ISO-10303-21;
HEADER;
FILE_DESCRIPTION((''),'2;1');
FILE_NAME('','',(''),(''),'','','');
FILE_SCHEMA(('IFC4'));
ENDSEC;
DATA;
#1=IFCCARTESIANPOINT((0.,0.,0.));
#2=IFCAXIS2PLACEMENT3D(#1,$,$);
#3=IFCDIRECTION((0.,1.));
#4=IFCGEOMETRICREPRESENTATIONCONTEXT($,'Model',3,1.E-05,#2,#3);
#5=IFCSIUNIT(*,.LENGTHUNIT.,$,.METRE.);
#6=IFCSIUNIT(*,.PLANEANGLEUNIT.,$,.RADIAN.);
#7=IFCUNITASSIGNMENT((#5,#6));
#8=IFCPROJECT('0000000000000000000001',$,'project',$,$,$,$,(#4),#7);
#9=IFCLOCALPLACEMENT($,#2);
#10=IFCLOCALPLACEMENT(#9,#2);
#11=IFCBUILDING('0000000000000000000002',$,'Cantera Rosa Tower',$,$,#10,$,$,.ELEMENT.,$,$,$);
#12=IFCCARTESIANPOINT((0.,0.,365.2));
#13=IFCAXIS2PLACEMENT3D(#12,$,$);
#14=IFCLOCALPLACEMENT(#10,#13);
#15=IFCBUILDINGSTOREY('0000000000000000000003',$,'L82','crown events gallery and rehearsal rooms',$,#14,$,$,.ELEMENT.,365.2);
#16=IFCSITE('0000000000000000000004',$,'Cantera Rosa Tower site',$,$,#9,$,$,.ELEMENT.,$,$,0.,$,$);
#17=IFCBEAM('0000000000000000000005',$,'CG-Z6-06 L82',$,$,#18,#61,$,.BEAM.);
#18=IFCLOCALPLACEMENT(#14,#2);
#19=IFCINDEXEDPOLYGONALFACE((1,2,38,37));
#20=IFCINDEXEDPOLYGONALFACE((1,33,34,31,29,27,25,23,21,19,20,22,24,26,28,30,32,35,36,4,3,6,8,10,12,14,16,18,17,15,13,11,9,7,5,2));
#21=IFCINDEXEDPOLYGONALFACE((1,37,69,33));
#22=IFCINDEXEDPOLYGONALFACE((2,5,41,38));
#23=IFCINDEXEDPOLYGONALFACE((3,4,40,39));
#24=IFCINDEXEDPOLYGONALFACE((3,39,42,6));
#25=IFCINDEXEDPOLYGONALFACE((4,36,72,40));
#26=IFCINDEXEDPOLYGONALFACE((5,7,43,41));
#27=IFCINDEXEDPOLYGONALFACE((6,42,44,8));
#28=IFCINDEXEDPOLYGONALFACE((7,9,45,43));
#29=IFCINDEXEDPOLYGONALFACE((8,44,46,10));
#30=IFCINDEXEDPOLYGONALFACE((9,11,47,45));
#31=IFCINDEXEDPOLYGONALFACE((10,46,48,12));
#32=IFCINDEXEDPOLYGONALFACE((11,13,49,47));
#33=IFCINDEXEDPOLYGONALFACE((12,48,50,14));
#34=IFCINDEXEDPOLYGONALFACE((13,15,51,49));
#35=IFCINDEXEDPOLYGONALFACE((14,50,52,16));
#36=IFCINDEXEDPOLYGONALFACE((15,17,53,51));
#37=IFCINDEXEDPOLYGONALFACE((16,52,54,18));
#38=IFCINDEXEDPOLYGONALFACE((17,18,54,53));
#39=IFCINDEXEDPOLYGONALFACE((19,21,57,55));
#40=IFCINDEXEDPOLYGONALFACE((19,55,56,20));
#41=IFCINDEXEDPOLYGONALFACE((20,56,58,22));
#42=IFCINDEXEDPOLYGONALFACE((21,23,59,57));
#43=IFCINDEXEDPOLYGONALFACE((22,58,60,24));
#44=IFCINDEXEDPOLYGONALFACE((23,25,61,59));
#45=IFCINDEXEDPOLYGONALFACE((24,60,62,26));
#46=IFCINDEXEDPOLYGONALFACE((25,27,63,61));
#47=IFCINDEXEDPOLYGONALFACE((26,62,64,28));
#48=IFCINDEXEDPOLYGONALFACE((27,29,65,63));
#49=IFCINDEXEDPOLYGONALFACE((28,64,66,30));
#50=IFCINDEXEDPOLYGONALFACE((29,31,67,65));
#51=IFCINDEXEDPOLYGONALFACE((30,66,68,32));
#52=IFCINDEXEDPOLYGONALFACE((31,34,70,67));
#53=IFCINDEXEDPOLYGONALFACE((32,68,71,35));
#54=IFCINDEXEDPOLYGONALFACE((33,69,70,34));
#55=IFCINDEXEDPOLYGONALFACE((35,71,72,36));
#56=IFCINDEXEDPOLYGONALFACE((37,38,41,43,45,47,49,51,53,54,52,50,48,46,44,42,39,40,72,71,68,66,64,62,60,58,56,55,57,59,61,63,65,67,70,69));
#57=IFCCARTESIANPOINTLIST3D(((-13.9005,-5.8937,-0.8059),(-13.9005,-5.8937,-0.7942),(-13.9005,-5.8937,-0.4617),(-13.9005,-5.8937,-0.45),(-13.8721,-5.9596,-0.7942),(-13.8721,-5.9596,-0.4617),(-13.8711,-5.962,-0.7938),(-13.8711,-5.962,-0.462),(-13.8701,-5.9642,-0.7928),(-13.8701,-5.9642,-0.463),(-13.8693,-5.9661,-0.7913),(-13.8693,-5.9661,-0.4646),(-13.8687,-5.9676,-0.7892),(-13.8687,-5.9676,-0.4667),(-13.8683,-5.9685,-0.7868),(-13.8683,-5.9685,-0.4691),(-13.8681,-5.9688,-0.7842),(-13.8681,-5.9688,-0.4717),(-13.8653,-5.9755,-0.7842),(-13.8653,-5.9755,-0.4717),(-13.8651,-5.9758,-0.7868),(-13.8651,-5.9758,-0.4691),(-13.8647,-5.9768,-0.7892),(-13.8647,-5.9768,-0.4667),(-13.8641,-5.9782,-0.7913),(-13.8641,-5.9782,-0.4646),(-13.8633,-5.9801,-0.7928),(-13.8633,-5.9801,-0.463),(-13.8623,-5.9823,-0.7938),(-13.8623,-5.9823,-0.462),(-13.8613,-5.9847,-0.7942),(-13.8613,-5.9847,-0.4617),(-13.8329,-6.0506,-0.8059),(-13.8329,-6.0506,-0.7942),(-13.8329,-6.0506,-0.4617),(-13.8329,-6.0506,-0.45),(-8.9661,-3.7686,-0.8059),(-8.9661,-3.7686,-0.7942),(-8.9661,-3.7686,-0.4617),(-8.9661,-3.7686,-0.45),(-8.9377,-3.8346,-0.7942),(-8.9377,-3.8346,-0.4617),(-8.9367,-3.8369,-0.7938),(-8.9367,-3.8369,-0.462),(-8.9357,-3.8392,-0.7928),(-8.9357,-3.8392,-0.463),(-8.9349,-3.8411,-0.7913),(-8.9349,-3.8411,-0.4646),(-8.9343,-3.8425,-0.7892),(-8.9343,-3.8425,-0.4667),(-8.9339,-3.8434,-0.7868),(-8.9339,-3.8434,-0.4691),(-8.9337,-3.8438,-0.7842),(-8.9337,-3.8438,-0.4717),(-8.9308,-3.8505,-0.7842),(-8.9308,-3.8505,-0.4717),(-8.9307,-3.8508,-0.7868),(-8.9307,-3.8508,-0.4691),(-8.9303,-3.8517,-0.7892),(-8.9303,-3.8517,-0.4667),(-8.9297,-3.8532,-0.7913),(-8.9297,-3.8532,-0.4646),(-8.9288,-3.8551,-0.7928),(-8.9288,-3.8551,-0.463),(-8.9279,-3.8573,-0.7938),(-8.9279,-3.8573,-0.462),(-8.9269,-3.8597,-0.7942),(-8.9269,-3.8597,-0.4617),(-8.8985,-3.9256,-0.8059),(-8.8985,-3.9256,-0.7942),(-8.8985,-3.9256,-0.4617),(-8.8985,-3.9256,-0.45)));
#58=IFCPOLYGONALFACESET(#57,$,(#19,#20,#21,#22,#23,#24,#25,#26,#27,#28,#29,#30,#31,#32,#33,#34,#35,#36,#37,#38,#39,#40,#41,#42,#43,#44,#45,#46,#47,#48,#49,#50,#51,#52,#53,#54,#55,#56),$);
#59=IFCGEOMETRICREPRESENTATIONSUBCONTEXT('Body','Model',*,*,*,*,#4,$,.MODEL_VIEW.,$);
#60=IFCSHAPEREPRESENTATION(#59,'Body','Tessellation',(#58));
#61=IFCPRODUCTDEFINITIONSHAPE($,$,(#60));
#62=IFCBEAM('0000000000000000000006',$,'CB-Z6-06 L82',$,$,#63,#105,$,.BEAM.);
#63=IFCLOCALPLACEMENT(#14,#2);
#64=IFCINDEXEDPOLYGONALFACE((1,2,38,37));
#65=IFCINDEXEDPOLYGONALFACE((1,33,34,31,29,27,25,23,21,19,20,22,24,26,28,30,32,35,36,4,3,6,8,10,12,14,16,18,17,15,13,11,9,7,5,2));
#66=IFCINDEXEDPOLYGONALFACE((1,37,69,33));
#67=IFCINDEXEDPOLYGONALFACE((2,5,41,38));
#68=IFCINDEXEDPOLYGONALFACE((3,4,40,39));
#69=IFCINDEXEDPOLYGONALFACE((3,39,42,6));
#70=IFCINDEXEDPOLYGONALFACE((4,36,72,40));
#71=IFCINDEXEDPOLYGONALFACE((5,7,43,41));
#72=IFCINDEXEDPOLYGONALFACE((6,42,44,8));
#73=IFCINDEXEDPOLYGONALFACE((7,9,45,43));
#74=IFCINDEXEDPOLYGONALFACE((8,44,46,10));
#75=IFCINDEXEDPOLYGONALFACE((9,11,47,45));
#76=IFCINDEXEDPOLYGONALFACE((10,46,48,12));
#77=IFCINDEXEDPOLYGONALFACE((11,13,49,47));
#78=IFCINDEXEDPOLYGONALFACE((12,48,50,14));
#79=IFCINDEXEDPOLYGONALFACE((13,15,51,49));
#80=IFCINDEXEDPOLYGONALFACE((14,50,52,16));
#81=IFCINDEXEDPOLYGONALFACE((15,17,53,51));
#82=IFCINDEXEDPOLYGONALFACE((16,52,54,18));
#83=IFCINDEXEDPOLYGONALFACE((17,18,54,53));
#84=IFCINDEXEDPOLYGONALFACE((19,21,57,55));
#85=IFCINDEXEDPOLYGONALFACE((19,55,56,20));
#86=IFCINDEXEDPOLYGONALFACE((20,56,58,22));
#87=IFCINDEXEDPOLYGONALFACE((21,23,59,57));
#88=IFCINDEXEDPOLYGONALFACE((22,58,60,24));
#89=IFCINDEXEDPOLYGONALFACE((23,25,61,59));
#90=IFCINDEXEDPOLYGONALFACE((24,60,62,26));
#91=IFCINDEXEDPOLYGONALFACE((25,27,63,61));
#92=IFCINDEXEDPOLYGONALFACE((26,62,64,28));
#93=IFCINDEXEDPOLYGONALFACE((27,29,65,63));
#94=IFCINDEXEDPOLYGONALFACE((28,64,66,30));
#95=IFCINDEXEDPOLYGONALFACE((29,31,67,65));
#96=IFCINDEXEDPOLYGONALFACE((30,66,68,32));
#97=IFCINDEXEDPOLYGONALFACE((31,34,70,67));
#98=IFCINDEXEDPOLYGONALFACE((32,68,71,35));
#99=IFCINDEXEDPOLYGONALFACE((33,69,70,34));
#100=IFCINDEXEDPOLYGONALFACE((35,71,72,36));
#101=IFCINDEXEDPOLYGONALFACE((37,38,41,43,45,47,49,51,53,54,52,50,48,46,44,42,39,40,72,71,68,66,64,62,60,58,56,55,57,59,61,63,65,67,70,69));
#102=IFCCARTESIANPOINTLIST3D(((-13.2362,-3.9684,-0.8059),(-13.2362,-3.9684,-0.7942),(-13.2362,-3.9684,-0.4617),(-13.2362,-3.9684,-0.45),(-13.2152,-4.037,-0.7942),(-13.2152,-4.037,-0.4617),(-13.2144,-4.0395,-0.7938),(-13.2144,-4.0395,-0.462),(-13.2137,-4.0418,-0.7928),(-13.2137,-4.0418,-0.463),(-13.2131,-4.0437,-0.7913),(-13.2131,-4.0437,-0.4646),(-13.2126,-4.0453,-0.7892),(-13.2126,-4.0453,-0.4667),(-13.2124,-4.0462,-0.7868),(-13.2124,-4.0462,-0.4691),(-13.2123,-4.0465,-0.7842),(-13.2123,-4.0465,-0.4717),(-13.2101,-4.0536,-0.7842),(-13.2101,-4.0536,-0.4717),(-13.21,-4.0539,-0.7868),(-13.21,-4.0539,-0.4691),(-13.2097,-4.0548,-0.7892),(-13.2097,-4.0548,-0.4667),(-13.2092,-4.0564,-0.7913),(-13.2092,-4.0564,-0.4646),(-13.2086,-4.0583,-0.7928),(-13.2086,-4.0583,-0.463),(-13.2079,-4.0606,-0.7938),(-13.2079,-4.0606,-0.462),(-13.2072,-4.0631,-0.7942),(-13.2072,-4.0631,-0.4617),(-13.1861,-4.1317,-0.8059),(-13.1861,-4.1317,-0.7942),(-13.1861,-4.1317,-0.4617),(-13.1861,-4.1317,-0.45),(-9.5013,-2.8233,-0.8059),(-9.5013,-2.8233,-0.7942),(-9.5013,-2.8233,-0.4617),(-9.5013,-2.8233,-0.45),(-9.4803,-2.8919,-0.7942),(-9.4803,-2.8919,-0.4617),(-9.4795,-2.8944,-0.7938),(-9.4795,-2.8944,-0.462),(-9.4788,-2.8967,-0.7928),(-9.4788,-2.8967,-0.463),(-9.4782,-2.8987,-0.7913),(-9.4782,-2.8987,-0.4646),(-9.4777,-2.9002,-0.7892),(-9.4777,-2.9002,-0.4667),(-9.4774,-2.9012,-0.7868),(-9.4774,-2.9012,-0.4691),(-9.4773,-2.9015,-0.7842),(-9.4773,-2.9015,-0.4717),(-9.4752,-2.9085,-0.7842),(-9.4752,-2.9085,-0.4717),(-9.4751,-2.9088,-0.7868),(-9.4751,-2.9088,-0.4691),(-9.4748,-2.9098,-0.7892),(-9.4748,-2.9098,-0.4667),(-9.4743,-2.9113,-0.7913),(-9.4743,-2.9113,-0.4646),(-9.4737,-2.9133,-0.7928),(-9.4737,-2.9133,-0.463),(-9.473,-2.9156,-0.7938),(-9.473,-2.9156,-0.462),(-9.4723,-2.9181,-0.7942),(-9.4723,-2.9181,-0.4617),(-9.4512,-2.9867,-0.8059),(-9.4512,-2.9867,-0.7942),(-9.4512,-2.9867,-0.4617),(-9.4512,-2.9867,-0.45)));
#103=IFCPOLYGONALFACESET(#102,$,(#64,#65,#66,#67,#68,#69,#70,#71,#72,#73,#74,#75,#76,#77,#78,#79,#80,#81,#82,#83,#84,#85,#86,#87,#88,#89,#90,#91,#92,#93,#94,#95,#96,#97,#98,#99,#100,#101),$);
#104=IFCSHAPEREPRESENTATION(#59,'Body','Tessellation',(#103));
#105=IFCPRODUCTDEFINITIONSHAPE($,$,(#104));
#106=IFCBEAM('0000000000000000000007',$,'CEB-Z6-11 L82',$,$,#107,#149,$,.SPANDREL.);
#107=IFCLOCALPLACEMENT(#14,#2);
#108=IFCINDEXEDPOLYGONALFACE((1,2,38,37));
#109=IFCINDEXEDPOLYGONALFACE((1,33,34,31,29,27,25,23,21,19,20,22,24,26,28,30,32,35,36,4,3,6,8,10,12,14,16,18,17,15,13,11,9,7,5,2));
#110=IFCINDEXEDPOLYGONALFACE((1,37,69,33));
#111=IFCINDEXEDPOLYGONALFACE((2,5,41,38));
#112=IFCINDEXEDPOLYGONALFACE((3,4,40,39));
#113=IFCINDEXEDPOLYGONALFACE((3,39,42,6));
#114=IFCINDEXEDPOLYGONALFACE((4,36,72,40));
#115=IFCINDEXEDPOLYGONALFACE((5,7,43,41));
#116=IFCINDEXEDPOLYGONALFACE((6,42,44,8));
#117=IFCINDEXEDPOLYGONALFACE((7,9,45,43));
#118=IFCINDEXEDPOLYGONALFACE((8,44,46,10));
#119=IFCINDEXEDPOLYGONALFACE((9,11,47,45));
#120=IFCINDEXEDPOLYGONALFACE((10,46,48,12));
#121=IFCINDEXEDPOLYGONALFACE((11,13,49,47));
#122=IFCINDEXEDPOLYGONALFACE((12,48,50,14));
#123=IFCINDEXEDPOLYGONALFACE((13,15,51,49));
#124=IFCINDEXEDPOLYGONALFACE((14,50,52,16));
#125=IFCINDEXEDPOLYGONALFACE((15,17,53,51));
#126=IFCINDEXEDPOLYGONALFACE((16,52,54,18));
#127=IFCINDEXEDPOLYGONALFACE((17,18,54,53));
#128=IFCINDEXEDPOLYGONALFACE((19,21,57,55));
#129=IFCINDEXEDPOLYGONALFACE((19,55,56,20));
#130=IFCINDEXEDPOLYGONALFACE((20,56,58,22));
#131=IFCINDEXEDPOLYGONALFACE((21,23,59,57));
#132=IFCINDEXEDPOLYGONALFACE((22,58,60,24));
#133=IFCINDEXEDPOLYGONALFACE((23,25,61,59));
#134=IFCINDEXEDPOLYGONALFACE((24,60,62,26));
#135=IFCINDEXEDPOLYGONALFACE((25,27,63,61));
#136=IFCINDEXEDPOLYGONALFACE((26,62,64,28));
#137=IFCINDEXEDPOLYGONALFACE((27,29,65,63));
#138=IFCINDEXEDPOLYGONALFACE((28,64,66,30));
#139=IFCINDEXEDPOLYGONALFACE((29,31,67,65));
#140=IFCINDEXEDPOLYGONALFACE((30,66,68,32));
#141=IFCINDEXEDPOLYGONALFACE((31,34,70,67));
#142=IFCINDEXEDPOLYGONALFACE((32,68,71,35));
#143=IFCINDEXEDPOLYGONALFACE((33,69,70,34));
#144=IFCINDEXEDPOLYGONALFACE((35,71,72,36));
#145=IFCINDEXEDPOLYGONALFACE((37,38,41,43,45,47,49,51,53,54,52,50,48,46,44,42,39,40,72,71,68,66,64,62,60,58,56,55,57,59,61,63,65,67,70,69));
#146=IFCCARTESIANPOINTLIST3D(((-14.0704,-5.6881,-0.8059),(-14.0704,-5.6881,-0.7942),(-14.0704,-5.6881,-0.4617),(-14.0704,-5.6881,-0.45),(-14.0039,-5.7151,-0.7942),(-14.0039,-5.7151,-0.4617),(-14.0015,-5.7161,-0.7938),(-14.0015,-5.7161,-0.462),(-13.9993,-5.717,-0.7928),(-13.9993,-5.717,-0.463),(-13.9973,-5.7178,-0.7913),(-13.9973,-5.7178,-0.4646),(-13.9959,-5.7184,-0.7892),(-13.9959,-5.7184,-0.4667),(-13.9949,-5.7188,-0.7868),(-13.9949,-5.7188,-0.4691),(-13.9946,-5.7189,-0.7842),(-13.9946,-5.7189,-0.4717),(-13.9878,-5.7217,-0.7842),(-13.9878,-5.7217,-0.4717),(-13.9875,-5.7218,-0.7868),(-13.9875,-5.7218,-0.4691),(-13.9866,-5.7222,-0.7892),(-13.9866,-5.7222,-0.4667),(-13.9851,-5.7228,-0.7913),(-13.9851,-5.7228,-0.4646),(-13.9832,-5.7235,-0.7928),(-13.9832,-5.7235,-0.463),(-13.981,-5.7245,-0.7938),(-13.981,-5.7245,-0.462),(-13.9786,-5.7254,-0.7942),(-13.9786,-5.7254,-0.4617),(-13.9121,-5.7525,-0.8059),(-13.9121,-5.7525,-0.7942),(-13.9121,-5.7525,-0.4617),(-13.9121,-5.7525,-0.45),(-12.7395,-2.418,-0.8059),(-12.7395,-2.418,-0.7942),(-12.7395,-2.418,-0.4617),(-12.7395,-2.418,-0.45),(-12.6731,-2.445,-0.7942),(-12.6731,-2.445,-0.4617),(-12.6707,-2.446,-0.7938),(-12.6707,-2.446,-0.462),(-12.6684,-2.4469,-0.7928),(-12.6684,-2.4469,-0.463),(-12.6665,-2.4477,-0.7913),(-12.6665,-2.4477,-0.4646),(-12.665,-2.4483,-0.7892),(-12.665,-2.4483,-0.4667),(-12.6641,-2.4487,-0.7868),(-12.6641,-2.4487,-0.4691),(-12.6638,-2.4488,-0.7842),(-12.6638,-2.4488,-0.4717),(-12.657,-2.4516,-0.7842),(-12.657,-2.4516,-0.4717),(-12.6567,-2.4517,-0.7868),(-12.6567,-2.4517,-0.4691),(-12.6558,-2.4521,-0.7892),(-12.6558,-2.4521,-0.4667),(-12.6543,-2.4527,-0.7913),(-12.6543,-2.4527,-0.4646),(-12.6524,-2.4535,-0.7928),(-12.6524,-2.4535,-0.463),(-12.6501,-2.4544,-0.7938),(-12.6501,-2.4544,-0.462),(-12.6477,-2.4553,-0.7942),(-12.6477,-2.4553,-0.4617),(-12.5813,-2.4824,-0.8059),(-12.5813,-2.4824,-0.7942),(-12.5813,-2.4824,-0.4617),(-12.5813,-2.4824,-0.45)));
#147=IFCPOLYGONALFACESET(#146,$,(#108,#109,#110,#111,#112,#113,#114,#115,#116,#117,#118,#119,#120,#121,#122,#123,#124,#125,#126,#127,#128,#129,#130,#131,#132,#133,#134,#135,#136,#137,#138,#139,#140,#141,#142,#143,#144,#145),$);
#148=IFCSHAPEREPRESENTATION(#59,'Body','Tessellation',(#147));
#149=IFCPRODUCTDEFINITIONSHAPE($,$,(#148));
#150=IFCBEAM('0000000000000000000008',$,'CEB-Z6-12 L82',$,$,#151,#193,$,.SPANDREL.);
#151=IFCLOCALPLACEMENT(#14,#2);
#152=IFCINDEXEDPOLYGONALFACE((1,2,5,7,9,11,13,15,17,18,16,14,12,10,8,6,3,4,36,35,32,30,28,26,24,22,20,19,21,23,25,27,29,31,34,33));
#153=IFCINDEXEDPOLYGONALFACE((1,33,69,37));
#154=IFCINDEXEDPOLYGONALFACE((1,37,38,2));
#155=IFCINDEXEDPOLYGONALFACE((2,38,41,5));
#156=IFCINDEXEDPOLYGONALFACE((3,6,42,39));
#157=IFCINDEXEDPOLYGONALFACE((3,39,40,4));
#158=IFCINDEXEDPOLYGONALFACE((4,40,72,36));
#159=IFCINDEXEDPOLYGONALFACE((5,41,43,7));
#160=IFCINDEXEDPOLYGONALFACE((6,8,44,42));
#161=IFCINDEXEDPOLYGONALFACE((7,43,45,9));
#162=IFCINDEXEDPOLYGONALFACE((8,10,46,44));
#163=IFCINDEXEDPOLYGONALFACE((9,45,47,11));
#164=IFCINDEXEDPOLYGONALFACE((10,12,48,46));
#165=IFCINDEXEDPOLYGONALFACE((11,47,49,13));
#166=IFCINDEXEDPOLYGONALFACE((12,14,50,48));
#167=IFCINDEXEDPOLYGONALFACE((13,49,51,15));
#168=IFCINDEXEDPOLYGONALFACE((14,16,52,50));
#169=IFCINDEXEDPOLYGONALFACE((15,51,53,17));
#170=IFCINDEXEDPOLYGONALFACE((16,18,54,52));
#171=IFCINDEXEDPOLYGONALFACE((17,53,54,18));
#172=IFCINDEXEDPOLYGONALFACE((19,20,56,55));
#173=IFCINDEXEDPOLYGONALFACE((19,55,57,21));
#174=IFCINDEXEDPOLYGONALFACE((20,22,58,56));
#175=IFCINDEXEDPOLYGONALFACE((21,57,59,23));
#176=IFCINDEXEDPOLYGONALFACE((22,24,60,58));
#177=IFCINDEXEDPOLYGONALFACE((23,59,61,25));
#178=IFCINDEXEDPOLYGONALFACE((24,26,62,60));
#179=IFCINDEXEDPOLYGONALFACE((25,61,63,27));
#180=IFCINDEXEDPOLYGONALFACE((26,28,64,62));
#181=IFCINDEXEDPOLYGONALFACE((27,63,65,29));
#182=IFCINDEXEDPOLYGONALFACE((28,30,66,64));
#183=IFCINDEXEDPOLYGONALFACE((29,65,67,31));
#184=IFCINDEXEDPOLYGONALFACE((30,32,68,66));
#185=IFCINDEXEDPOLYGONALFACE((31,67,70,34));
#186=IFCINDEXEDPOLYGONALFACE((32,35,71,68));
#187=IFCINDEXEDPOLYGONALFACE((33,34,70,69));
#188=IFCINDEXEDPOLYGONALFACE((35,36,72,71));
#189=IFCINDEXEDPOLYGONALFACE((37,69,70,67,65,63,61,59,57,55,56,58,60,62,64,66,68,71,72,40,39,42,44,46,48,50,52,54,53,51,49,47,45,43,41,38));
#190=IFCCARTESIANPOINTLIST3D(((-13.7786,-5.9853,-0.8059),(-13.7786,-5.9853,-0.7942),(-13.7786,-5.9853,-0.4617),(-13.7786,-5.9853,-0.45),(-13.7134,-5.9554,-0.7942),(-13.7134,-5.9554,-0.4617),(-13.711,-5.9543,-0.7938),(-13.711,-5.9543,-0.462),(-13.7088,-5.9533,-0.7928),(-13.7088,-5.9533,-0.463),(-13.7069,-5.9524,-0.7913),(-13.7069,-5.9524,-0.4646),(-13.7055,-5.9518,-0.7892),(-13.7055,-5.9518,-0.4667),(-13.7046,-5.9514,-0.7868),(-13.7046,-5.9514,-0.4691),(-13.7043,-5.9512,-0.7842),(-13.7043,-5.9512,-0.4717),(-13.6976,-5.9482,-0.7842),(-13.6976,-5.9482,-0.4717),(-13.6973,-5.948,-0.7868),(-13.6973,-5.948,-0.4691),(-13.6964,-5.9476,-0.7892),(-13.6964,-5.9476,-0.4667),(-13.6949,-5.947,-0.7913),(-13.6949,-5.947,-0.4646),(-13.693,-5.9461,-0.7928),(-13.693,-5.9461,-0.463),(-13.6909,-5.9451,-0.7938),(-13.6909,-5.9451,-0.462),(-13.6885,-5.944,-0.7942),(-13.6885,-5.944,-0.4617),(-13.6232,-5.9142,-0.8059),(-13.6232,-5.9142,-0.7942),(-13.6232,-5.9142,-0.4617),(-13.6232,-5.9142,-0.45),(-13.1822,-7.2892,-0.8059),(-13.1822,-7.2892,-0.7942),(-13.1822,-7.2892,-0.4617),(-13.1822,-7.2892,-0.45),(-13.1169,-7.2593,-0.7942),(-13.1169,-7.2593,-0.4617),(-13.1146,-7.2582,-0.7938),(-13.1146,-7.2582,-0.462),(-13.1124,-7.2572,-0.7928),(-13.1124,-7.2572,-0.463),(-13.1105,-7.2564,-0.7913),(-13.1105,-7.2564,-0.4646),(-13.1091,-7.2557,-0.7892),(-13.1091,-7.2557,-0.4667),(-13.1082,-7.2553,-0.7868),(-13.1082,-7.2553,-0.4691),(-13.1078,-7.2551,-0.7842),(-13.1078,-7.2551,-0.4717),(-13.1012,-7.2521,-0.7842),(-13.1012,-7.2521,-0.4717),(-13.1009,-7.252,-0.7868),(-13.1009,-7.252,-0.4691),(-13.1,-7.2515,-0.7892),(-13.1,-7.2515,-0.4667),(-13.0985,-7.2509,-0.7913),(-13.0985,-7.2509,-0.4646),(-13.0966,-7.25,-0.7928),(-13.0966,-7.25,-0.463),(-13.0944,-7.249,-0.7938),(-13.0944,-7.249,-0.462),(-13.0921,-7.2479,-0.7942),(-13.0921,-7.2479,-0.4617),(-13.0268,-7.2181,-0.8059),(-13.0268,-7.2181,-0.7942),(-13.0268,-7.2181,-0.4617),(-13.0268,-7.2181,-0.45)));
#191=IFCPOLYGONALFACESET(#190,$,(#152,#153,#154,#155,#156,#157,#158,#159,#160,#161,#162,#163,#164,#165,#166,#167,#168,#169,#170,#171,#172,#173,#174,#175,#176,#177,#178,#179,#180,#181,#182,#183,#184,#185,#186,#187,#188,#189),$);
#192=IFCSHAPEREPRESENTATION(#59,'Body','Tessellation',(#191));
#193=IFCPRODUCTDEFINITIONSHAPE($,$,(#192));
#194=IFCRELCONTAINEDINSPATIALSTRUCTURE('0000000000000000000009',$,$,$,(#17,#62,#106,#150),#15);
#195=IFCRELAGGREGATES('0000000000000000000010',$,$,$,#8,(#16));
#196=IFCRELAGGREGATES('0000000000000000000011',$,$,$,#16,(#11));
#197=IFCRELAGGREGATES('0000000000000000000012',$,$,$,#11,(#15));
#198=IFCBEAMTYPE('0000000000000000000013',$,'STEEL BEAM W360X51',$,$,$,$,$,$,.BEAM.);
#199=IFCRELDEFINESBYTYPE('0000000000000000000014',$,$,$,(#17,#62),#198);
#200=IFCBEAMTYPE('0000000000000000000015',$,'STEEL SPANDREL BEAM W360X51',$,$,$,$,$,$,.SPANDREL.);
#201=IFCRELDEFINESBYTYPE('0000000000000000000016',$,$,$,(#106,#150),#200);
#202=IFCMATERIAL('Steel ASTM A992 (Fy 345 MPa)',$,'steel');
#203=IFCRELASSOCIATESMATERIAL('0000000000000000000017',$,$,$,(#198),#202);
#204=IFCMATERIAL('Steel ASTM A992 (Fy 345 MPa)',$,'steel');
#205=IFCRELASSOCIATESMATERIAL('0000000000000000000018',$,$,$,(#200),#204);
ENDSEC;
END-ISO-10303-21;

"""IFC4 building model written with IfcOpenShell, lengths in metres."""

from ifc_helpers import new_model, si_unit, direction, frame, origin, origin_2d, place, context, subcontext, project, spatial, i_section, extrude, material, material_profile, profile_set, type_object, element, save


model = new_model("IFC4")

# Units and contexts
model_context = context("Model", 3, precision=1e-05, world=origin(), true_north=direction((0.0, 1.0)))
body_context = subcontext(model_context, "Body", "Model", "MODEL_VIEW")
ifc_project = project(units=[si_unit("LENGTHUNIT", "METRE"), si_unit("PLANEANGLEUNIT", "RADIAN")], contexts=[model_context])

# Site, building, storey
site_placement = place(None, origin())
site = spatial("IfcSite", under=ifc_project, at=site_placement, Name="Cantera Rosa Tower site", CompositionType="ELEMENT", RefElevation=0.0)
building_placement = place(site_placement, origin())
building = spatial("IfcBuilding", under=site, at=building_placement, Name="Cantera Rosa Tower", CompositionType="ELEMENT")
storey_placement = place(building_placement, frame((0.0, 0.0, 365.2)))
storey = spatial("IfcBuildingStorey", under=building, at=storey_placement, Name="L82", Description="crown events gallery and rehearsal rooms", CompositionType="ELEMENT", Elevation=365.2)

# Beams
ifc_material_1 = material(Name="Steel ASTM A992 (Fy 345 MPa)", Category="steel")
ifc_material_profile_1 = material_profile(ifc_material_1, i_section(OverallWidth=0.1709, OverallDepth=0.356, WebThickness=0.0073, FlangeThickness=0.0117, FilletRadius=0.01, at=origin_2d()), Name="W360X51")
ifc_profile_set_1 = profile_set([ifc_material_profile_1], Name="Steel ASTM A992 (Fy 345 MPa)")
beam_type_1 = type_object("IfcBeamType", Name="STEEL BEAM W360X51", PredefinedType="BEAM", material=ifc_profile_set_1)
beam_1_placement = place(storey_placement, frame((-13.8667, -5.9722, -0.6279), z_axis=(0.91845, 0.395537, 0.0), x_axis=(-0.395537, 0.91845, 0.0)))
element("IfcBeam", 1, at=beam_1_placement, inside=storey, type_object=beam_type_1, Name="CG-Z6-06 L82", PredefinedType="BEAM", context=body_context, shape_type="SweptSolid", body=[
    extrude(i_section(OverallWidth=0.1709, OverallDepth=0.356, WebThickness=0.0073, FlangeThickness=0.0117, FilletRadius=0.01, at=origin_2d()), origin(), (0.0, 0.0, 1.0), 5.3726),
])
beam_2_placement = place(storey_placement, frame((-13.2112, -4.05, -0.6279), z_axis=(0.956078, 0.293111, 0.0), x_axis=(-0.293111, 0.956078, 0.0)))
element("IfcBeam", 2, at=beam_2_placement, inside=storey, type_object=beam_type_1, Name="CB-Z6-06 L82", PredefinedType="BEAM", context=body_context, shape_type="SweptSolid", body=[
    extrude(i_section(OverallWidth=0.1709, OverallDepth=0.356, WebThickness=0.0073, FlangeThickness=0.0117, FilletRadius=0.01, at=origin_2d()), origin(), (0.0, 0.0, 1.0), 3.9065),
])
ifc_material_2 = material(Name="Steel ASTM A992 (Fy 345 MPa)", Category="steel")
ifc_material_profile_2 = material_profile(ifc_material_2, i_section(OverallWidth=0.1709, OverallDepth=0.356, WebThickness=0.0073, FlangeThickness=0.0117, FilletRadius=0.01, at=origin_2d()), Name="W360X51")
ifc_profile_set_2 = profile_set([ifc_material_profile_2], Name="Steel ASTM A992 (Fy 345 MPa)")
beam_type_2 = type_object("IfcBeamType", Name="STEEL SPANDREL BEAM W360X51", PredefinedType="SPANDREL", material=ifc_profile_set_2)
beam_3_placement = place(storey_placement, frame((-12.6604, -2.4502, -0.6279), z_axis=(-0.376952, -0.926233, 0.0), x_axis=(0.926233, -0.376952, 0.0)))
element("IfcBeam", 3, at=beam_3_placement, inside=storey, type_object=beam_type_2, Name="CEB-Z6-11 L82", PredefinedType="SPANDREL", context=body_context, shape_type="SweptSolid", body=[
    extrude(i_section(OverallWidth=0.1709, OverallDepth=0.356, WebThickness=0.0073, FlangeThickness=0.0117, FilletRadius=0.01, at=origin_2d()), origin(), (0.0, 0.0, 1.0), 3.5305),
])
beam_4_placement = place(storey_placement, frame((-13.7009, -5.9497, -0.6279), z_axis=(0.415957, -0.909384, 0.0), x_axis=(0.909384, 0.415957, 0.0)))
element("IfcBeam", 4, at=beam_4_placement, inside=storey, type_object=beam_type_2, Name="CEB-Z6-12 L82", PredefinedType="SPANDREL", context=body_context, shape_type="SweptSolid", body=[
    extrude(i_section(OverallWidth=0.1709, OverallDepth=0.356, WebThickness=0.0073, FlangeThickness=0.0117, FilletRadius=0.01, at=origin_2d()), origin(), (0.0, 0.0, 1.0), 1.4338),
])

save(model, "model.ifc")
